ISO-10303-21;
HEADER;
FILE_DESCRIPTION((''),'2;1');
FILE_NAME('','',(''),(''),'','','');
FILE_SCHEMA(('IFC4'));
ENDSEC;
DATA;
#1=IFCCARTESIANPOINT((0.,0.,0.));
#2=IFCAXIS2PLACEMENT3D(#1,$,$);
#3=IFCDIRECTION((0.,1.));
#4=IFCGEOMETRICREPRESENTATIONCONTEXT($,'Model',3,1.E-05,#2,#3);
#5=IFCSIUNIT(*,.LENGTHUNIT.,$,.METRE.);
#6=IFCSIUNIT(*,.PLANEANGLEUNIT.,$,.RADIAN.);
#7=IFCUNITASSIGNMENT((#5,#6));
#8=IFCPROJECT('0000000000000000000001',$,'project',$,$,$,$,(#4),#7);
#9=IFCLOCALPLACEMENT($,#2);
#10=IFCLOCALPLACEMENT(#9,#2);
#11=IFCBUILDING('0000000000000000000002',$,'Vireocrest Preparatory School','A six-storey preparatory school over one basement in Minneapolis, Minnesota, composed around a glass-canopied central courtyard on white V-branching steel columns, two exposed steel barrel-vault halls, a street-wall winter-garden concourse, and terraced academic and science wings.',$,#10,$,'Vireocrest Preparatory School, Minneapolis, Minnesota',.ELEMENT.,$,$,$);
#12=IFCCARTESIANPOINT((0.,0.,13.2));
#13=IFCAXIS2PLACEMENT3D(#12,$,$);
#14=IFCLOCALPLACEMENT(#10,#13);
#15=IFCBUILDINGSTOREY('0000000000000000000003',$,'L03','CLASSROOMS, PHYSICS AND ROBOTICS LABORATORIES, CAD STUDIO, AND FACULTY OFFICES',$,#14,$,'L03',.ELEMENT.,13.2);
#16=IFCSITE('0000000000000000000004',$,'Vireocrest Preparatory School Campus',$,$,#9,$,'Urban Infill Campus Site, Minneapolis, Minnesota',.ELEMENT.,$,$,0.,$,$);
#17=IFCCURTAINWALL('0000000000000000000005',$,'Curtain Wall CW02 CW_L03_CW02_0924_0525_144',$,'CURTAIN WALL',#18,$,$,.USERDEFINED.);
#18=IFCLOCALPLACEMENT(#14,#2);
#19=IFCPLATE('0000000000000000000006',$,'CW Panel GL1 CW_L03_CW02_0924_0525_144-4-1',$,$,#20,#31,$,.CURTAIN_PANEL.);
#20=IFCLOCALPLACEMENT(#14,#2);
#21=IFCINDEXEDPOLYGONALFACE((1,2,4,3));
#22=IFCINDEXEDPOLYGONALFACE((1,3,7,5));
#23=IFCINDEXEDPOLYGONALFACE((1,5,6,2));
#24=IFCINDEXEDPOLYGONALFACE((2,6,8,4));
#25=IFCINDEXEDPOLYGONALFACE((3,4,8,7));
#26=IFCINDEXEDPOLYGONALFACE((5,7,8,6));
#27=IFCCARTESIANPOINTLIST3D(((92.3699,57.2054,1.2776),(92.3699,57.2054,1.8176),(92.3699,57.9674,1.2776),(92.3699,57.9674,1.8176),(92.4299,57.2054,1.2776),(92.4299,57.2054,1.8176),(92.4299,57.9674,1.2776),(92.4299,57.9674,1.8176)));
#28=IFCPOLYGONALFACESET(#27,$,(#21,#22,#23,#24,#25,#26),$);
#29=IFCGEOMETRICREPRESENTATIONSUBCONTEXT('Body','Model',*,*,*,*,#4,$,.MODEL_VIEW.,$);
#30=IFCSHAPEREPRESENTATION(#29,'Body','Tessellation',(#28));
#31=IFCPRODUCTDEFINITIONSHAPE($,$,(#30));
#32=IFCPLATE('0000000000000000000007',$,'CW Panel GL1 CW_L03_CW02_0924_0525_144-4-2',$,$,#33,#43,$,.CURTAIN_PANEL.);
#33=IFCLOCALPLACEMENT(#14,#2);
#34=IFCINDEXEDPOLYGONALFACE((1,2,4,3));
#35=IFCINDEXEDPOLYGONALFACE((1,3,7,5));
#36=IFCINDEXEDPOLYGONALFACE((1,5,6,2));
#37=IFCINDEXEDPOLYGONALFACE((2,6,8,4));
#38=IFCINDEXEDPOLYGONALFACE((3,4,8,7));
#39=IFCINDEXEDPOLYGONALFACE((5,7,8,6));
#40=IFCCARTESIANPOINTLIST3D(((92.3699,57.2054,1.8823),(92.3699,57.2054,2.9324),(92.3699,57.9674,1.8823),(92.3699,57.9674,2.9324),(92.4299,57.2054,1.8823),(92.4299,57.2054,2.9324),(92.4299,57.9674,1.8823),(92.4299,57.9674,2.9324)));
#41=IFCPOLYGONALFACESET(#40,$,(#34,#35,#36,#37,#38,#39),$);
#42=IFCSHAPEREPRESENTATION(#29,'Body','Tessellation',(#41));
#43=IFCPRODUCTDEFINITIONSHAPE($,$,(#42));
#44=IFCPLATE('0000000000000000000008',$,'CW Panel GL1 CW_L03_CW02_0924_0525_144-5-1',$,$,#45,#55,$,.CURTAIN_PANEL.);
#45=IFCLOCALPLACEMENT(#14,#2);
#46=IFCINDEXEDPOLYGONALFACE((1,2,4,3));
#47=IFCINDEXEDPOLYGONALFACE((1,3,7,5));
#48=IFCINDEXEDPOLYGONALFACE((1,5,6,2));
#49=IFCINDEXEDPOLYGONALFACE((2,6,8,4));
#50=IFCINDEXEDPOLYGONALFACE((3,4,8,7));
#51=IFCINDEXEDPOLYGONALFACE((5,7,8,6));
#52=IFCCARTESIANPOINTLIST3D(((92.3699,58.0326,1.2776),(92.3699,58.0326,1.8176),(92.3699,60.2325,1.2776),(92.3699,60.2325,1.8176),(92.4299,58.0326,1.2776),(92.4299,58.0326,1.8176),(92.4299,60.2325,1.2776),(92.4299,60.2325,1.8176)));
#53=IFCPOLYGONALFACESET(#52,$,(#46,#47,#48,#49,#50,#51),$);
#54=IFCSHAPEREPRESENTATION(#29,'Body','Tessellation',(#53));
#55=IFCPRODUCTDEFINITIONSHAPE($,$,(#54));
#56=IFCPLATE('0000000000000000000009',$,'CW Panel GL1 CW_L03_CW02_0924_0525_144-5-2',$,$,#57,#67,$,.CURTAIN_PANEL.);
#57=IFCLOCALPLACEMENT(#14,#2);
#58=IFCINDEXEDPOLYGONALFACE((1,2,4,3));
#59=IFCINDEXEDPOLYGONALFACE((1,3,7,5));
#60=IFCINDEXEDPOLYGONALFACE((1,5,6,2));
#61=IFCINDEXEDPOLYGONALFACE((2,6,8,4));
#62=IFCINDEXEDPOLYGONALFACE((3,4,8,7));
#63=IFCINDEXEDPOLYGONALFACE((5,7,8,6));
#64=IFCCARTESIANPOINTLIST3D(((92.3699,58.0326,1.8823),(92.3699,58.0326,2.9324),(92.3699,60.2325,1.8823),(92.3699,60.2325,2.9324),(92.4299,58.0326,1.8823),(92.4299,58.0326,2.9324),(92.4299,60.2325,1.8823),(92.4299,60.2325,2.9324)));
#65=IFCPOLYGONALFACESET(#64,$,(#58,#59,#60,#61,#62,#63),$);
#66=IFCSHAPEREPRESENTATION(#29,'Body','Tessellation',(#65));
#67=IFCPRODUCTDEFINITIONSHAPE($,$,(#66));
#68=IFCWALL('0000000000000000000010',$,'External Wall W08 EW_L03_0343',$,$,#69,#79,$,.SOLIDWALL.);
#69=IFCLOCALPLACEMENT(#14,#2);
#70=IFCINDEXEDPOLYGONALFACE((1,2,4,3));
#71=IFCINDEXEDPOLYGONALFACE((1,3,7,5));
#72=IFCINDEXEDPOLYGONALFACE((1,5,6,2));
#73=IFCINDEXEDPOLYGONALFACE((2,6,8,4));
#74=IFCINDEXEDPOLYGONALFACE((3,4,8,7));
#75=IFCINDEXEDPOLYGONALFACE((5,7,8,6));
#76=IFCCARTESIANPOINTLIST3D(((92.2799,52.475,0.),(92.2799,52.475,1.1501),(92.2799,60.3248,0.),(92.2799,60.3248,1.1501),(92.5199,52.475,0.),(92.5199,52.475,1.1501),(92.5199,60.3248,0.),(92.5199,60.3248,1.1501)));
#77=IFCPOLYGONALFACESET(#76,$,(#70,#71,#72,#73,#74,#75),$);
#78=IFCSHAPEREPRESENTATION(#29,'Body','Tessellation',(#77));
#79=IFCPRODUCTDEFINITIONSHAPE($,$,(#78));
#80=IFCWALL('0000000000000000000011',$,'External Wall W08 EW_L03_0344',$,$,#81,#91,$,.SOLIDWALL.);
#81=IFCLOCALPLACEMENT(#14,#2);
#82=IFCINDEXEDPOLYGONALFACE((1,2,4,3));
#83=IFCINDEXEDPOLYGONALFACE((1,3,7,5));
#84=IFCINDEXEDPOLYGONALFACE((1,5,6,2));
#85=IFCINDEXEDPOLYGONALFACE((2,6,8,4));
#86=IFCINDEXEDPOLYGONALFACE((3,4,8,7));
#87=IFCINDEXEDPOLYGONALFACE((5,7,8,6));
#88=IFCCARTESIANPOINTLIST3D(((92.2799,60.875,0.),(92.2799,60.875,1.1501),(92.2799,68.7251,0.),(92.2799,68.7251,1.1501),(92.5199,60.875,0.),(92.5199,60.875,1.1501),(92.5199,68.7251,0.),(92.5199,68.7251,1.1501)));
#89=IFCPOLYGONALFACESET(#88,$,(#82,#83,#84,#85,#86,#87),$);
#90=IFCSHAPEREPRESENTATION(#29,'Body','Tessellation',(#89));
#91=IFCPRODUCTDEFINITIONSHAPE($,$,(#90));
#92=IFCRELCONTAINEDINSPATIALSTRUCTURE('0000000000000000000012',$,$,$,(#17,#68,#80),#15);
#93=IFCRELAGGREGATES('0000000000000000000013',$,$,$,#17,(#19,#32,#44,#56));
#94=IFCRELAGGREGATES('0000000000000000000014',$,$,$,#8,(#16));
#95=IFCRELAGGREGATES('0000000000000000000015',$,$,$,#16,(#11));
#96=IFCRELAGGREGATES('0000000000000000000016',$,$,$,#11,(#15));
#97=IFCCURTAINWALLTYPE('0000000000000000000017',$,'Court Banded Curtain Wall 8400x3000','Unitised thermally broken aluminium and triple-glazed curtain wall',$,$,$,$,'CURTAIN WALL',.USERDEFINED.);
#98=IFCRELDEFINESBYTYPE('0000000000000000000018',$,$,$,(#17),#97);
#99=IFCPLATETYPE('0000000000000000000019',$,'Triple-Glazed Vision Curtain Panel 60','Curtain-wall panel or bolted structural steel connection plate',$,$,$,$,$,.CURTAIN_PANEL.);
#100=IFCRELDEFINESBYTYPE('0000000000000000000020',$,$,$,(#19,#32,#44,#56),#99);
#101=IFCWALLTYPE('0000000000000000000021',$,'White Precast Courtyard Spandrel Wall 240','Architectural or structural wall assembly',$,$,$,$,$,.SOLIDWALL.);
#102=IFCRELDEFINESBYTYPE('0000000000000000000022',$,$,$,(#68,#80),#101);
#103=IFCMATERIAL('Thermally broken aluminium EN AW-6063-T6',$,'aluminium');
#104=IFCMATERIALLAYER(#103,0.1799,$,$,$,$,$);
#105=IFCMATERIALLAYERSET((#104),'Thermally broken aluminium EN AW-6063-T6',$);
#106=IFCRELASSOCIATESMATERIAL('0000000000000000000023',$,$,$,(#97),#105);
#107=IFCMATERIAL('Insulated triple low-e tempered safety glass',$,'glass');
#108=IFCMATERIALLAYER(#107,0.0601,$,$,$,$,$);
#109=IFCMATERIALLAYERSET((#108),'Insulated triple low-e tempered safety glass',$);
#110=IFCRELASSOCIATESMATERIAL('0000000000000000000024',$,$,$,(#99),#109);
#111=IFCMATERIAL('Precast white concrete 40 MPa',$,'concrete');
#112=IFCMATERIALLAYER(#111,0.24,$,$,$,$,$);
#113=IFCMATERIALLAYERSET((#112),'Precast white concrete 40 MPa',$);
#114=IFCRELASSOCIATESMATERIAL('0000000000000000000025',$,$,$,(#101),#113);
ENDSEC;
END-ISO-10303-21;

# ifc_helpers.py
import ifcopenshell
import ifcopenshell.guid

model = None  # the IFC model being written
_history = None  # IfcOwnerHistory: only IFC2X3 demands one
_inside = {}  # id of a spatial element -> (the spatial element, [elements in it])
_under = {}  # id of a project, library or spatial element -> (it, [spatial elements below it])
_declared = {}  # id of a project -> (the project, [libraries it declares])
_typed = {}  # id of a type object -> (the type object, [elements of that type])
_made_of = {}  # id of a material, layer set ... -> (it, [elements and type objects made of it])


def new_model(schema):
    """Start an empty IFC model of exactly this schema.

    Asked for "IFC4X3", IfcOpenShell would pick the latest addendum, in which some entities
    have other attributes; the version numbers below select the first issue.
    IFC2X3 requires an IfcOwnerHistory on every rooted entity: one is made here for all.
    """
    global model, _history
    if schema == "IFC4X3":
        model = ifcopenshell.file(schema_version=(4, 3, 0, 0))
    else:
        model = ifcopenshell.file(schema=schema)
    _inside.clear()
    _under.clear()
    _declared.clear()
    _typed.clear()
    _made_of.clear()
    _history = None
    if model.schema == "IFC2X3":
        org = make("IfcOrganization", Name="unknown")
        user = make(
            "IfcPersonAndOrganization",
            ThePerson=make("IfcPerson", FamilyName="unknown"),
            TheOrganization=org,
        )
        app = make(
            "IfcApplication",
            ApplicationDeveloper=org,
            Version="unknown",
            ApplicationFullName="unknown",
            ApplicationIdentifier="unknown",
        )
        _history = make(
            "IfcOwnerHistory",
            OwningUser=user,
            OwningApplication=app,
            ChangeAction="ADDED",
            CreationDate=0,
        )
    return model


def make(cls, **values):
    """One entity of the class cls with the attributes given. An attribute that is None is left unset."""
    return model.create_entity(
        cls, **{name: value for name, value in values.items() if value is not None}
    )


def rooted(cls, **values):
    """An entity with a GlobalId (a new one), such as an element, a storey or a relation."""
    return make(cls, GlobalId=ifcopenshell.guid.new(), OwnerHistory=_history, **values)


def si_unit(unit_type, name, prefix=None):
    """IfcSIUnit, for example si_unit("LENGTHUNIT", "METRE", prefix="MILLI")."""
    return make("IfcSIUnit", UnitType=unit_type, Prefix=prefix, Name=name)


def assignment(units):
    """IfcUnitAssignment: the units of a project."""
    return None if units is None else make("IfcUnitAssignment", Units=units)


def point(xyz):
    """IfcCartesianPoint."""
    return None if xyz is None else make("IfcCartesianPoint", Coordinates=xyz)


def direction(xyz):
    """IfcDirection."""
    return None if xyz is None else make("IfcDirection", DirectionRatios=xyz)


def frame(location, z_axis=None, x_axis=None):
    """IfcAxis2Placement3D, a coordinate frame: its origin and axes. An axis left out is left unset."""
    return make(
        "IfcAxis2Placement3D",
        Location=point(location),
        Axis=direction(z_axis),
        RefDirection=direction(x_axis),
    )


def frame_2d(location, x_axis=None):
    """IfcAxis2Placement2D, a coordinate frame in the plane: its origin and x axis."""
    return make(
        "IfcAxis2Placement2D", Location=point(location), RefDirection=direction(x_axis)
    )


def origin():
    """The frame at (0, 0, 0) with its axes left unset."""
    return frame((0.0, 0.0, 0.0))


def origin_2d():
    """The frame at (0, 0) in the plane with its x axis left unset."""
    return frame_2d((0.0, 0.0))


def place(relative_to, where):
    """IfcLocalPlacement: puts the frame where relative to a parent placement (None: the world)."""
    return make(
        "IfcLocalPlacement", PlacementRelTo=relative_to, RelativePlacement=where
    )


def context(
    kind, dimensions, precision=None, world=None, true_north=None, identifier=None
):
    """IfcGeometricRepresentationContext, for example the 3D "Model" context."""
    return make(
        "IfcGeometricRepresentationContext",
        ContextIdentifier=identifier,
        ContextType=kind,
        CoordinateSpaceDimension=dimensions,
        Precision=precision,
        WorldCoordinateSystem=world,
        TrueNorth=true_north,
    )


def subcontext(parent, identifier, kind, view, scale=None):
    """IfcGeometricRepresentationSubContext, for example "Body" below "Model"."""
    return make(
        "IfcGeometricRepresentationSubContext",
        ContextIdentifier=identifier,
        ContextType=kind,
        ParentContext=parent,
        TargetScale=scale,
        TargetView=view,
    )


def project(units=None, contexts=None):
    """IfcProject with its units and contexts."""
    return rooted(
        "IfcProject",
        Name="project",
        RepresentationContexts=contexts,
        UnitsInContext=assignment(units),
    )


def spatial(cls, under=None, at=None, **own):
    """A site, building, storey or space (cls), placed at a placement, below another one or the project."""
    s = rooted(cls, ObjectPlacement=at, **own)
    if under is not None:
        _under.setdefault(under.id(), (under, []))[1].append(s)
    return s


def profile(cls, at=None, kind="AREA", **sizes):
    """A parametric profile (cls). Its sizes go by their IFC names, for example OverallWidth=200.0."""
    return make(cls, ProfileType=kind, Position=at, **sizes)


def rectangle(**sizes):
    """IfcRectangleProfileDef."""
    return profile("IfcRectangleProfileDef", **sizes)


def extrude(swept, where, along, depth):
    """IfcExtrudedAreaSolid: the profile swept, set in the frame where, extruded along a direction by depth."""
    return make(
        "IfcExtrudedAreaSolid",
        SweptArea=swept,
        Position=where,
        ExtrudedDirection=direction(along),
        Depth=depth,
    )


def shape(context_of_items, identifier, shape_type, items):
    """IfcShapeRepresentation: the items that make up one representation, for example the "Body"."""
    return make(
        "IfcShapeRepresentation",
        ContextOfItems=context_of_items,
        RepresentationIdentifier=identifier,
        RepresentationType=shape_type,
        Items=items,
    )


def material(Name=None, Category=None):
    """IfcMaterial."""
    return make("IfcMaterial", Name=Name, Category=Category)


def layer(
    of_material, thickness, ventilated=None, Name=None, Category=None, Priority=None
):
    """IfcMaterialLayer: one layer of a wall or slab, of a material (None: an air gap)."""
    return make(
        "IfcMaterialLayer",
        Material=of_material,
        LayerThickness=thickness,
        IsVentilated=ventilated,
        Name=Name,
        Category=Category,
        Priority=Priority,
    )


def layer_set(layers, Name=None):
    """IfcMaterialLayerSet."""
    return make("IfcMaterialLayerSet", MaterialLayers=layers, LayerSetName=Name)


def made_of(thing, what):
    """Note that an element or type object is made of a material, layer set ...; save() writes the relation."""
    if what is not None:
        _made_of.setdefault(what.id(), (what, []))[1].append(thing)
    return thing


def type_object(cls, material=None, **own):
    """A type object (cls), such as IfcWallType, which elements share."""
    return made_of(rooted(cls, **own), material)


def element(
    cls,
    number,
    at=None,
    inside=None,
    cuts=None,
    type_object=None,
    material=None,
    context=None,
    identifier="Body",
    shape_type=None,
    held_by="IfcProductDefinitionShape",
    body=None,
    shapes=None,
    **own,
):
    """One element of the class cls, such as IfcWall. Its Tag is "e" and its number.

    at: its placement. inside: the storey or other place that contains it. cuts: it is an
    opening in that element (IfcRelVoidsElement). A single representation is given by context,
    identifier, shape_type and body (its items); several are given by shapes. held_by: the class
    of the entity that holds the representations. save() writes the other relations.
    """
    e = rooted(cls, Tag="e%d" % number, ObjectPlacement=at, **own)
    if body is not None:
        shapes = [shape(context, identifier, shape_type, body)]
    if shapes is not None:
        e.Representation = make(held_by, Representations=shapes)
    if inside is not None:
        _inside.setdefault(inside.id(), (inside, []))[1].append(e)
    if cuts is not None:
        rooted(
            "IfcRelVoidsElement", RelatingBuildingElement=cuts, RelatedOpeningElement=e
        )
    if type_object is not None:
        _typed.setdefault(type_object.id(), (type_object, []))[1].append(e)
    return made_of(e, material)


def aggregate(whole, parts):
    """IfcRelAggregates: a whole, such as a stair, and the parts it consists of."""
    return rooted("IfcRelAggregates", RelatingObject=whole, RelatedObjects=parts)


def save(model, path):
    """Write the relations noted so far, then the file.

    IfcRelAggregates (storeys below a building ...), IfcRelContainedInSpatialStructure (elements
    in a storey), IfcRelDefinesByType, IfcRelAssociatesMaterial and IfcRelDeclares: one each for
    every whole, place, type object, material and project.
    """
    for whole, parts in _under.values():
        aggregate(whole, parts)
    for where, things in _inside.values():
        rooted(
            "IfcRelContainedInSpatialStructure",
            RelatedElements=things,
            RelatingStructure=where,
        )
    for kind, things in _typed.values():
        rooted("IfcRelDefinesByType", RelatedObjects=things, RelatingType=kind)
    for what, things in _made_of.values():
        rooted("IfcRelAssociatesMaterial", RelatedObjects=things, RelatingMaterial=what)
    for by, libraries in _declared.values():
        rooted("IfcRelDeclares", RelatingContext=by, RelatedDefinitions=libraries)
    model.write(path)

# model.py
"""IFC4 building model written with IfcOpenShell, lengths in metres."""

from ifc_helpers import new_model, si_unit, direction, frame, frame_2d, origin, origin_2d, place, context, subcontext, project, spatial, rectangle, extrude, material, layer, layer_set, type_object, element, aggregate, save


model = new_model("IFC4")

# Units and contexts
model_context = context("Model", 3, precision=1e-05, world=origin(), true_north=direction((0.0, 1.0)))
body_context = subcontext(model_context, "Body", "Model", "MODEL_VIEW")
ifc_project = project(units=[si_unit("LENGTHUNIT", "METRE"), si_unit("PLANEANGLEUNIT", "RADIAN")], contexts=[model_context])

# Site, building, storey
site_placement = place(None, origin())
site = spatial("IfcSite", under=ifc_project, at=site_placement, Name="Vireocrest Preparatory School Campus", LongName="Urban Infill Campus Site, Minneapolis, Minnesota", CompositionType="ELEMENT", RefElevation=0.0)
building_placement = place(site_placement, origin())
building = spatial("IfcBuilding", under=site, at=building_placement, Name="Vireocrest Preparatory School", Description="A six-storey preparatory school over one basement in Minneapolis, Minnesota, composed around a glass-canopied central courtyard on white V-branching steel columns, two exposed steel barrel-vault halls, a street-wall winter-garden concourse, and terraced academic and science wings.", LongName="Vireocrest Preparatory School, Minneapolis, Minnesota", CompositionType="ELEMENT")
storey_placement = place(building_placement, frame((0.0, 0.0, 13.2)))
storey = spatial("IfcBuildingStorey", under=building, at=storey_placement, Name="L03", Description="CLASSROOMS, PHYSICS AND ROBOTICS LABORATORIES, CAD STUDIO, AND FACULTY OFFICES", LongName="L03", CompositionType="ELEMENT", Elevation=13.2)

# Curtain wall
ifc_material_1 = material(Name="Thermally broken aluminium EN AW-6063-T6", Category="aluminium")
ifc_layer_1 = layer(ifc_material_1, 0.1799)
ifc_layer_set_1 = layer_set([ifc_layer_1], Name="Thermally broken aluminium EN AW-6063-T6")
curtain_wall_type = type_object("IfcCurtainWallType", Name="Court Banded Curtain Wall 8400x3000", Description="Unitised thermally broken aluminium and triple-glazed curtain wall", ElementType="CURTAIN WALL", PredefinedType="USERDEFINED", material=ifc_layer_set_1)
curtain_wall_1_placement = place(storey_placement, origin())
curtain_wall_1 = element("IfcCurtainWall", 1, at=curtain_wall_1_placement, inside=storey, type_object=curtain_wall_type, Name="Curtain Wall CW02 CW_L03_CW02_0924_0525_144", ObjectType="CURTAIN WALL", PredefinedType="USERDEFINED")

# Plates
ifc_material_2 = material(Name="Insulated triple low-e tempered safety glass", Category="glass")
ifc_layer_2 = layer(ifc_material_2, 0.0601)
ifc_layer_set_2 = layer_set([ifc_layer_2], Name="Insulated triple low-e tempered safety glass")
plate_type = type_object("IfcPlateType", Name="Triple-Glazed Vision Curtain Panel 60", Description="Curtain-wall panel or bolted structural steel connection plate", PredefinedType="CURTAIN_PANEL", material=ifc_layer_set_2)
plate_1_placement = place(storey_placement, frame((92.3999, 57.5864, 1.2776), z_axis=(0.0, 0.0, 1.0), x_axis=(0.0, 1.0, 0.0)))
plate_1 = element("IfcPlate", 2, at=plate_1_placement, type_object=plate_type, Name="CW Panel GL1 CW_L03_CW02_0924_0525_144-4-1", PredefinedType="CURTAIN_PANEL", context=body_context, shape_type="SweptSolid", body=[
    extrude(rectangle(XDim=0.762, YDim=0.0601, at=origin_2d()), origin(), (0.0, 0.0, 1.0), 0.54),
])
plate_2_placement = place(storey_placement, frame((92.3999, 57.5864, 1.8823), z_axis=(0.0, 0.0, 1.0), x_axis=(0.0, 1.0, 0.0)))
plate_2 = element("IfcPlate", 3, at=plate_2_placement, type_object=plate_type, Name="CW Panel GL1 CW_L03_CW02_0924_0525_144-4-2", PredefinedType="CURTAIN_PANEL", context=body_context, shape_type="SweptSolid", body=[
    extrude(rectangle(XDim=0.762, YDim=0.0601, at=origin_2d()), origin(), (0.0, 0.0, 1.0), 1.05),
])
plate_3_placement = place(storey_placement, frame((92.3999, 59.1326, 1.2776), z_axis=(0.0, 0.0, 1.0), x_axis=(0.0, 1.0, 0.0)))
plate_3 = element("IfcPlate", 4, at=plate_3_placement, type_object=plate_type, Name="CW Panel GL1 CW_L03_CW02_0924_0525_144-5-1", PredefinedType="CURTAIN_PANEL", context=body_context, shape_type="SweptSolid", body=[
    extrude(rectangle(XDim=2.2, YDim=0.0601, at=origin_2d()), origin(), (0.0, 0.0, 1.0), 0.54),
])
plate_4_placement = place(storey_placement, frame((92.3999, 59.1326, 1.8823), z_axis=(0.0, 0.0, 1.0), x_axis=(0.0, 1.0, 0.0)))
plate_4 = element("IfcPlate", 5, at=plate_4_placement, type_object=plate_type, Name="CW Panel GL1 CW_L03_CW02_0924_0525_144-5-2", PredefinedType="CURTAIN_PANEL", context=body_context, shape_type="SweptSolid", body=[
    extrude(rectangle(XDim=2.2, YDim=0.0601, at=origin_2d()), origin(), (0.0, 0.0, 1.0), 1.05),
])
aggregate(curtain_wall_1, [plate_1, plate_2, plate_3, plate_4])

# Walls
ifc_material_3 = material(Name="Precast white concrete 40 MPa", Category="concrete")
ifc_layer_3 = layer(ifc_material_3, 0.24)
ifc_layer_set_3 = layer_set([ifc_layer_3], Name="Precast white concrete 40 MPa")
wall_type = type_object("IfcWallType", Name="White Precast Courtyard Spandrel Wall 240", Description="Architectural or structural wall assembly", PredefinedType="SOLIDWALL", material=ifc_layer_set_3)
wall_1_placement = place(storey_placement, frame((92.3999, 52.4751, 0.0), z_axis=(0.0, 0.0, 1.0), x_axis=(0.0, 1.0, 0.0)))
element("IfcWall", 6, at=wall_1_placement, inside=storey, type_object=wall_type, Name="External Wall W08 EW_L03_0343", PredefinedType="SOLIDWALL", context=body_context, shape_type="SweptSolid", body=[
    extrude(rectangle(XDim=7.8499, YDim=0.24, at=frame_2d((3.9248, 0.0))), origin(), (0.0, 0.0, 1.0), 1.1501),
])
wall_2_placement = place(storey_placement, frame((92.3999, 60.875, 0.0), z_axis=(0.0, 0.0, 1.0), x_axis=(0.0, 1.0, 0.0)))
element("IfcWall", 7, at=wall_2_placement, inside=storey, type_object=wall_type, Name="External Wall W08 EW_L03_0344", PredefinedType="SOLIDWALL", context=body_context, shape_type="SweptSolid", body=[
    extrude(rectangle(XDim=7.8501, YDim=0.24, at=frame_2d((3.925, 0.0))), origin(), (0.0, 0.0, 1.0), 1.1501),
])

save(model, "model.ifc")
